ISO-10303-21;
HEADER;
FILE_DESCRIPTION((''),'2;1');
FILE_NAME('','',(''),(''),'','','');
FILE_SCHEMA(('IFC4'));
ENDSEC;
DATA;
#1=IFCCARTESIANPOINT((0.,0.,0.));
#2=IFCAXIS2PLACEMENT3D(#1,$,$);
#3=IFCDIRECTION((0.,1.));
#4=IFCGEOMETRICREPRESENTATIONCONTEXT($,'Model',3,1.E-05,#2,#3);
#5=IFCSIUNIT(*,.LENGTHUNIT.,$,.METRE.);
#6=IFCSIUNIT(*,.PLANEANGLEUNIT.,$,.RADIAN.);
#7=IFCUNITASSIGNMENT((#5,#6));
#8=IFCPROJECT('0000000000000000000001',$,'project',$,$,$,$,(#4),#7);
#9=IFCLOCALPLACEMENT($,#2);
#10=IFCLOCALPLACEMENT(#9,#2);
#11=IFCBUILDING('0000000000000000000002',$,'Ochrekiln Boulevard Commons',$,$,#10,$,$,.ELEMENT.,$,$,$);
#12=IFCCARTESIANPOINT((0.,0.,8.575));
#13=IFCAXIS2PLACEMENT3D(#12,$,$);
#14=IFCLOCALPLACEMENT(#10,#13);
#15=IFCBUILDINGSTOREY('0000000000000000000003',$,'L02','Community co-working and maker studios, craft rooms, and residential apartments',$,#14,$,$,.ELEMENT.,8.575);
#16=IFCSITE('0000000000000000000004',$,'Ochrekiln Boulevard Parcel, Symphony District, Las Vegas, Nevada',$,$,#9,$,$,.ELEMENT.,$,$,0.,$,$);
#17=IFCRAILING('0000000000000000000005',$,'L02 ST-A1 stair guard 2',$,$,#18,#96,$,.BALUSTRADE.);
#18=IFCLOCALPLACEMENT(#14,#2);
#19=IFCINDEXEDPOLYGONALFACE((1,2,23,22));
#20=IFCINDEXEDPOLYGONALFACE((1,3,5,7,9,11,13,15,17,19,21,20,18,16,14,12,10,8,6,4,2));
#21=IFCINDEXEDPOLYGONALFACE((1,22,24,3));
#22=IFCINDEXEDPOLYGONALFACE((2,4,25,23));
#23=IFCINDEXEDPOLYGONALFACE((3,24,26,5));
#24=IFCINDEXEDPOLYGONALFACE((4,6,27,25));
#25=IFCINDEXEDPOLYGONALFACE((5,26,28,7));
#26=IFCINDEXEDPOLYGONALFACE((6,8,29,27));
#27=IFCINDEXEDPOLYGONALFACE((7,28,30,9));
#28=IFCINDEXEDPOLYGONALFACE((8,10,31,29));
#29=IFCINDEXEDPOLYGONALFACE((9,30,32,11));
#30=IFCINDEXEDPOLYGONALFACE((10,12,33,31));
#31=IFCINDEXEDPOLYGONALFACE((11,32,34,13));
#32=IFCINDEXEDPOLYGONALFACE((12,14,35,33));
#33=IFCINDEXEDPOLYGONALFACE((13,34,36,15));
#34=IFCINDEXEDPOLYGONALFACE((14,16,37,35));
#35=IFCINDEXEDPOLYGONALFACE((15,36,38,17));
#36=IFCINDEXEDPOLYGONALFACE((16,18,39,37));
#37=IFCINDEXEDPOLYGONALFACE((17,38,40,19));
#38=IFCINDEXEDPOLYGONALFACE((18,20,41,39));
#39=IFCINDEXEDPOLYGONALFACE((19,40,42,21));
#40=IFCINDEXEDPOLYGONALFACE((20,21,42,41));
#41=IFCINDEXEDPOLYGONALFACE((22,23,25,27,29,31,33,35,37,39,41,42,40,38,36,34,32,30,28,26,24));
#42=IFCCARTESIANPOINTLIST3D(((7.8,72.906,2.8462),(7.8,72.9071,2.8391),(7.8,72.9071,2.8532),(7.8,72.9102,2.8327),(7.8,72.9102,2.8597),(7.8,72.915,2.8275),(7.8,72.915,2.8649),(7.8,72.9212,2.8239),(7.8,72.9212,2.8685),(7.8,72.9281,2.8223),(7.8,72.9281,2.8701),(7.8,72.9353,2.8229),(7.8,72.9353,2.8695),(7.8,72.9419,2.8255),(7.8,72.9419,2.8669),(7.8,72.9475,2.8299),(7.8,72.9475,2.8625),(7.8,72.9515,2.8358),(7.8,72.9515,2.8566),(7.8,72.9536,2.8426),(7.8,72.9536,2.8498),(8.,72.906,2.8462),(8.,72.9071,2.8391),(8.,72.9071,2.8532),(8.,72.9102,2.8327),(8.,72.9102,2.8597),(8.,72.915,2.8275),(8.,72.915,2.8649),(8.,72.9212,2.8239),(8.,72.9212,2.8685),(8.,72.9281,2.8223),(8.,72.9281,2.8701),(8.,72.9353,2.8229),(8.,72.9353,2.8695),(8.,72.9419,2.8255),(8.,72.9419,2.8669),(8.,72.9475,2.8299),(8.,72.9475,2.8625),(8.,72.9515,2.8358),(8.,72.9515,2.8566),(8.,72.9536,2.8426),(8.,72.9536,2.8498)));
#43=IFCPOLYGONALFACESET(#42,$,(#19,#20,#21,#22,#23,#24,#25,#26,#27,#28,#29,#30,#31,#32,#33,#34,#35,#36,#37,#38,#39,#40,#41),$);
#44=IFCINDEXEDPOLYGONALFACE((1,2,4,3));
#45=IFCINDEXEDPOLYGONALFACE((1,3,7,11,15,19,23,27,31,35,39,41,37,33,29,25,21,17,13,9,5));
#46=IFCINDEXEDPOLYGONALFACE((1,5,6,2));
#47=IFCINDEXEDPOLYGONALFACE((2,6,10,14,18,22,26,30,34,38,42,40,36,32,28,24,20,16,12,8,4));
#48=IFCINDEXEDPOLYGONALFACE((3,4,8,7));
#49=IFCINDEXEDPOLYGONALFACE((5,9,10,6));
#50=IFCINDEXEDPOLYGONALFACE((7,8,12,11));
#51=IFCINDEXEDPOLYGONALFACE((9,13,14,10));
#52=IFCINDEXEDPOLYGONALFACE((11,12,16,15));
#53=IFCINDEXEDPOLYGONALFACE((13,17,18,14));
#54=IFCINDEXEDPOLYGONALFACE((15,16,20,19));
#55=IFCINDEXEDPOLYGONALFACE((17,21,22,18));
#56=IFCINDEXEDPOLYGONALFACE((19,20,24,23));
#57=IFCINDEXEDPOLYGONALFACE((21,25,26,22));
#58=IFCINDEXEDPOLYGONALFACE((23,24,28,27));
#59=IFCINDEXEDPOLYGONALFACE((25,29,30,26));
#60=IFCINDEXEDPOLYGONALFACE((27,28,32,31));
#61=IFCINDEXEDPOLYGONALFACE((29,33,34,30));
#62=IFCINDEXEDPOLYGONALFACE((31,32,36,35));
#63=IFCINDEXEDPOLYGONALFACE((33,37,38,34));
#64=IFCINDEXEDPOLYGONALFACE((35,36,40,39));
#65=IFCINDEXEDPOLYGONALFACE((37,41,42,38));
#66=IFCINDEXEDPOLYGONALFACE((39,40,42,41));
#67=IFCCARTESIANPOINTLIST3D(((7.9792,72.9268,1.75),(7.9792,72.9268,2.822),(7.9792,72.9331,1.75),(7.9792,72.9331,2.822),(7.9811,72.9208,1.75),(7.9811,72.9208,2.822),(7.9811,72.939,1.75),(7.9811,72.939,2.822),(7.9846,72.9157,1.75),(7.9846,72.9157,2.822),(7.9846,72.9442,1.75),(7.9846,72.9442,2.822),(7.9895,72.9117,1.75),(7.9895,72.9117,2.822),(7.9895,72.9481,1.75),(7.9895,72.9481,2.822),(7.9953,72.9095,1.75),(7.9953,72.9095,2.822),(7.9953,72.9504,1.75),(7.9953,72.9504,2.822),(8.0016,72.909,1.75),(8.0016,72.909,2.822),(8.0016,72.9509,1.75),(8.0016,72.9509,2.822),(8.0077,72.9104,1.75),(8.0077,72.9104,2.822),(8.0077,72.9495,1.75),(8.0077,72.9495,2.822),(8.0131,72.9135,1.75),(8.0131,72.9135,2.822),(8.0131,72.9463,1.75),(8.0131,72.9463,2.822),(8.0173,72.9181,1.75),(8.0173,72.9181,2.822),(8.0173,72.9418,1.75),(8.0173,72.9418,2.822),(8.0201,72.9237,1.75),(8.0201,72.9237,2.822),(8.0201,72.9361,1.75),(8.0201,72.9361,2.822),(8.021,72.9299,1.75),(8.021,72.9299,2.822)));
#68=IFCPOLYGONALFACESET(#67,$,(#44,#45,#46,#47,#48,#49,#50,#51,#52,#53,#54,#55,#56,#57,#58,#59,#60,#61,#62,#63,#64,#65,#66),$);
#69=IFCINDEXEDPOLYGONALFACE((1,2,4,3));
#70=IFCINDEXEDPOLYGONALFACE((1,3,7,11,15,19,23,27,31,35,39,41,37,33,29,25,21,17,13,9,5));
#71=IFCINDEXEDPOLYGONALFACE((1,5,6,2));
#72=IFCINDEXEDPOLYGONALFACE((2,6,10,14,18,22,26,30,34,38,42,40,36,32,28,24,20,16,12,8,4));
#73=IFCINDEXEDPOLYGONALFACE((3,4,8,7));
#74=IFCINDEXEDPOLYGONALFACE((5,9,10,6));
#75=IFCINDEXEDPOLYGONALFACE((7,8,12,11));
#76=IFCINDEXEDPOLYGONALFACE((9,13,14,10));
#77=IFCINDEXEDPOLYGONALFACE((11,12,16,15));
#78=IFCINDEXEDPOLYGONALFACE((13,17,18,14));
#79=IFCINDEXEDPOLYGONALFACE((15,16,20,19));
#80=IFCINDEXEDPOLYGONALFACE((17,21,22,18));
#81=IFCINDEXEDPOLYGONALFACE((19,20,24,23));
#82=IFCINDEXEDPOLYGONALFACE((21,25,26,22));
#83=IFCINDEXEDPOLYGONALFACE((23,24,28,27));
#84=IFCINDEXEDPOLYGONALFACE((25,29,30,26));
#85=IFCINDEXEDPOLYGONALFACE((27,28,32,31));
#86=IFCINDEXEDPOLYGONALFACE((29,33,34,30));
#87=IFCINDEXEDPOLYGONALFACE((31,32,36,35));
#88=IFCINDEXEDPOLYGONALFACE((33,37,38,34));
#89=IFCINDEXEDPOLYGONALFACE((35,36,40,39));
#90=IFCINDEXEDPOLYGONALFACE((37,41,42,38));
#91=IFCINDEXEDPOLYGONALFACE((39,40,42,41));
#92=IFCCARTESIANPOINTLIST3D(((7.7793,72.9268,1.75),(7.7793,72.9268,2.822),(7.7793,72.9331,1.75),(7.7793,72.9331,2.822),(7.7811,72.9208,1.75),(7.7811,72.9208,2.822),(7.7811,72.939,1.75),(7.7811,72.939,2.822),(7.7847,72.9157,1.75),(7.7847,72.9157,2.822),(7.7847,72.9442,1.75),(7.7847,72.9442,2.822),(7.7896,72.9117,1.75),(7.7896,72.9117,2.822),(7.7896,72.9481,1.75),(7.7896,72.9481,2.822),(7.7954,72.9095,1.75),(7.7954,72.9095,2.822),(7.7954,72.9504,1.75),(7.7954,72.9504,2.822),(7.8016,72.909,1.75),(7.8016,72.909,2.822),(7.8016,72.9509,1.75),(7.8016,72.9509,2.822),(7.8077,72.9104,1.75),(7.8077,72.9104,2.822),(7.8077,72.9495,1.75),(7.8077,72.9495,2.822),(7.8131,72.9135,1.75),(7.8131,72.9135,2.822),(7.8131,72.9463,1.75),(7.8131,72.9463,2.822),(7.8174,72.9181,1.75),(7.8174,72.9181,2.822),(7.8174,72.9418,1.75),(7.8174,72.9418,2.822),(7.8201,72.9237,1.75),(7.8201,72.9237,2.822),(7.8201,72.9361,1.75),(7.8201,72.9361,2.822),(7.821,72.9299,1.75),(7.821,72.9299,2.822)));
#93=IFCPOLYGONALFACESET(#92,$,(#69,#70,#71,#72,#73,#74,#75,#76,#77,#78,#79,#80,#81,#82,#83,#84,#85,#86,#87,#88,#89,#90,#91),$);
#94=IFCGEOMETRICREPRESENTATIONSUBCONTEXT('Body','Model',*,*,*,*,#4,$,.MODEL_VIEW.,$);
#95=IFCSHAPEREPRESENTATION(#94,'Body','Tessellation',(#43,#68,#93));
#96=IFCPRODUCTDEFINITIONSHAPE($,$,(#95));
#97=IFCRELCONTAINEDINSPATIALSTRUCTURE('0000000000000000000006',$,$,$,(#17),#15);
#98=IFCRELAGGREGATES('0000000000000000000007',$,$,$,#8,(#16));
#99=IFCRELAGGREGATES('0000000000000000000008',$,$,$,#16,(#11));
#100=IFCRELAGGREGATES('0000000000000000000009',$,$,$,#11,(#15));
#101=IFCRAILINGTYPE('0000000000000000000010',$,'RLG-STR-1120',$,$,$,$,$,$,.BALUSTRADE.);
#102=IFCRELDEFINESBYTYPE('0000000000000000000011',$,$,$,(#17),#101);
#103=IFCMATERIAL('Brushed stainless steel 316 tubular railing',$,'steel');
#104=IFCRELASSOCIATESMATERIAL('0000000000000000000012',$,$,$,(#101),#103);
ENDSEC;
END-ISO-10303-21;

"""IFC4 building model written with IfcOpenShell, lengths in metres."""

from ifc_helpers import new_model, si_unit, direction, frame, origin, origin_2d, place, context, subcontext, project, spatial, circle, extrude, material, type_object, element, save


model = new_model("IFC4")

# Units and contexts
model_context = context("Model", 3, precision=1e-05, world=origin(), true_north=direction((0.0, 1.0)))
body_context = subcontext(model_context, "Body", "Model", "MODEL_VIEW")
ifc_project = project(units=[si_unit("LENGTHUNIT", "METRE"), si_unit("PLANEANGLEUNIT", "RADIAN")], contexts=[model_context])

# Site, building, storey
site_placement = place(None, origin())
site = spatial("IfcSite", under=ifc_project, at=site_placement, Name="Ochrekiln Boulevard Parcel, Symphony District, Las Vegas, Nevada", CompositionType="ELEMENT", RefElevation=0.0)
building_placement = place(site_placement, origin())
building = spatial("IfcBuilding", under=site, at=building_placement, Name="Ochrekiln Boulevard Commons", CompositionType="ELEMENT")
storey_placement = place(building_placement, frame((0.0, 0.0, 8.575)))
storey = spatial("IfcBuildingStorey", under=building, at=storey_placement, Name="L02", Description="Community co-working and maker studios, craft rooms, and residential apartments", CompositionType="ELEMENT", Elevation=8.575)

# Railing
ifc_material_1 = material(Name="Brushed stainless steel 316 tubular railing", Category="steel")
railing_type_1 = type_object("IfcRailingType", Name="RLG-STR-1120", PredefinedType="BALUSTRADE", material=ifc_material_1)
railing_1_placement = place(storey_placement, frame((8.0, 72.9299, 1.75)))
element("IfcRailing", 1, at=railing_1_placement, inside=storey, type_object=railing_type_1, Name="L02 ST-A1 stair guard 2", PredefinedType="BALUSTRADE", context=body_context, shape_type="SweptSolid", body=[
    extrude(circle(Radius=0.0239, at=origin_2d()), frame((0.0, 0.0, 1.0962), z_axis=(-1.0, 0.0, 0.0), x_axis=(0.0, -1.0, 0.0)), (0.0, 0.0, 1.0), 0.2),
    extrude(circle(Radius=0.021, at=origin_2d()), origin(), (0.0, 0.0, 1.0), 1.072),
    extrude(circle(Radius=0.021, at=origin_2d()), frame((-0.2, 0.0, 0.0)), (0.0, 0.0, 1.0), 1.072),
])

save(model, "model.ifc")
